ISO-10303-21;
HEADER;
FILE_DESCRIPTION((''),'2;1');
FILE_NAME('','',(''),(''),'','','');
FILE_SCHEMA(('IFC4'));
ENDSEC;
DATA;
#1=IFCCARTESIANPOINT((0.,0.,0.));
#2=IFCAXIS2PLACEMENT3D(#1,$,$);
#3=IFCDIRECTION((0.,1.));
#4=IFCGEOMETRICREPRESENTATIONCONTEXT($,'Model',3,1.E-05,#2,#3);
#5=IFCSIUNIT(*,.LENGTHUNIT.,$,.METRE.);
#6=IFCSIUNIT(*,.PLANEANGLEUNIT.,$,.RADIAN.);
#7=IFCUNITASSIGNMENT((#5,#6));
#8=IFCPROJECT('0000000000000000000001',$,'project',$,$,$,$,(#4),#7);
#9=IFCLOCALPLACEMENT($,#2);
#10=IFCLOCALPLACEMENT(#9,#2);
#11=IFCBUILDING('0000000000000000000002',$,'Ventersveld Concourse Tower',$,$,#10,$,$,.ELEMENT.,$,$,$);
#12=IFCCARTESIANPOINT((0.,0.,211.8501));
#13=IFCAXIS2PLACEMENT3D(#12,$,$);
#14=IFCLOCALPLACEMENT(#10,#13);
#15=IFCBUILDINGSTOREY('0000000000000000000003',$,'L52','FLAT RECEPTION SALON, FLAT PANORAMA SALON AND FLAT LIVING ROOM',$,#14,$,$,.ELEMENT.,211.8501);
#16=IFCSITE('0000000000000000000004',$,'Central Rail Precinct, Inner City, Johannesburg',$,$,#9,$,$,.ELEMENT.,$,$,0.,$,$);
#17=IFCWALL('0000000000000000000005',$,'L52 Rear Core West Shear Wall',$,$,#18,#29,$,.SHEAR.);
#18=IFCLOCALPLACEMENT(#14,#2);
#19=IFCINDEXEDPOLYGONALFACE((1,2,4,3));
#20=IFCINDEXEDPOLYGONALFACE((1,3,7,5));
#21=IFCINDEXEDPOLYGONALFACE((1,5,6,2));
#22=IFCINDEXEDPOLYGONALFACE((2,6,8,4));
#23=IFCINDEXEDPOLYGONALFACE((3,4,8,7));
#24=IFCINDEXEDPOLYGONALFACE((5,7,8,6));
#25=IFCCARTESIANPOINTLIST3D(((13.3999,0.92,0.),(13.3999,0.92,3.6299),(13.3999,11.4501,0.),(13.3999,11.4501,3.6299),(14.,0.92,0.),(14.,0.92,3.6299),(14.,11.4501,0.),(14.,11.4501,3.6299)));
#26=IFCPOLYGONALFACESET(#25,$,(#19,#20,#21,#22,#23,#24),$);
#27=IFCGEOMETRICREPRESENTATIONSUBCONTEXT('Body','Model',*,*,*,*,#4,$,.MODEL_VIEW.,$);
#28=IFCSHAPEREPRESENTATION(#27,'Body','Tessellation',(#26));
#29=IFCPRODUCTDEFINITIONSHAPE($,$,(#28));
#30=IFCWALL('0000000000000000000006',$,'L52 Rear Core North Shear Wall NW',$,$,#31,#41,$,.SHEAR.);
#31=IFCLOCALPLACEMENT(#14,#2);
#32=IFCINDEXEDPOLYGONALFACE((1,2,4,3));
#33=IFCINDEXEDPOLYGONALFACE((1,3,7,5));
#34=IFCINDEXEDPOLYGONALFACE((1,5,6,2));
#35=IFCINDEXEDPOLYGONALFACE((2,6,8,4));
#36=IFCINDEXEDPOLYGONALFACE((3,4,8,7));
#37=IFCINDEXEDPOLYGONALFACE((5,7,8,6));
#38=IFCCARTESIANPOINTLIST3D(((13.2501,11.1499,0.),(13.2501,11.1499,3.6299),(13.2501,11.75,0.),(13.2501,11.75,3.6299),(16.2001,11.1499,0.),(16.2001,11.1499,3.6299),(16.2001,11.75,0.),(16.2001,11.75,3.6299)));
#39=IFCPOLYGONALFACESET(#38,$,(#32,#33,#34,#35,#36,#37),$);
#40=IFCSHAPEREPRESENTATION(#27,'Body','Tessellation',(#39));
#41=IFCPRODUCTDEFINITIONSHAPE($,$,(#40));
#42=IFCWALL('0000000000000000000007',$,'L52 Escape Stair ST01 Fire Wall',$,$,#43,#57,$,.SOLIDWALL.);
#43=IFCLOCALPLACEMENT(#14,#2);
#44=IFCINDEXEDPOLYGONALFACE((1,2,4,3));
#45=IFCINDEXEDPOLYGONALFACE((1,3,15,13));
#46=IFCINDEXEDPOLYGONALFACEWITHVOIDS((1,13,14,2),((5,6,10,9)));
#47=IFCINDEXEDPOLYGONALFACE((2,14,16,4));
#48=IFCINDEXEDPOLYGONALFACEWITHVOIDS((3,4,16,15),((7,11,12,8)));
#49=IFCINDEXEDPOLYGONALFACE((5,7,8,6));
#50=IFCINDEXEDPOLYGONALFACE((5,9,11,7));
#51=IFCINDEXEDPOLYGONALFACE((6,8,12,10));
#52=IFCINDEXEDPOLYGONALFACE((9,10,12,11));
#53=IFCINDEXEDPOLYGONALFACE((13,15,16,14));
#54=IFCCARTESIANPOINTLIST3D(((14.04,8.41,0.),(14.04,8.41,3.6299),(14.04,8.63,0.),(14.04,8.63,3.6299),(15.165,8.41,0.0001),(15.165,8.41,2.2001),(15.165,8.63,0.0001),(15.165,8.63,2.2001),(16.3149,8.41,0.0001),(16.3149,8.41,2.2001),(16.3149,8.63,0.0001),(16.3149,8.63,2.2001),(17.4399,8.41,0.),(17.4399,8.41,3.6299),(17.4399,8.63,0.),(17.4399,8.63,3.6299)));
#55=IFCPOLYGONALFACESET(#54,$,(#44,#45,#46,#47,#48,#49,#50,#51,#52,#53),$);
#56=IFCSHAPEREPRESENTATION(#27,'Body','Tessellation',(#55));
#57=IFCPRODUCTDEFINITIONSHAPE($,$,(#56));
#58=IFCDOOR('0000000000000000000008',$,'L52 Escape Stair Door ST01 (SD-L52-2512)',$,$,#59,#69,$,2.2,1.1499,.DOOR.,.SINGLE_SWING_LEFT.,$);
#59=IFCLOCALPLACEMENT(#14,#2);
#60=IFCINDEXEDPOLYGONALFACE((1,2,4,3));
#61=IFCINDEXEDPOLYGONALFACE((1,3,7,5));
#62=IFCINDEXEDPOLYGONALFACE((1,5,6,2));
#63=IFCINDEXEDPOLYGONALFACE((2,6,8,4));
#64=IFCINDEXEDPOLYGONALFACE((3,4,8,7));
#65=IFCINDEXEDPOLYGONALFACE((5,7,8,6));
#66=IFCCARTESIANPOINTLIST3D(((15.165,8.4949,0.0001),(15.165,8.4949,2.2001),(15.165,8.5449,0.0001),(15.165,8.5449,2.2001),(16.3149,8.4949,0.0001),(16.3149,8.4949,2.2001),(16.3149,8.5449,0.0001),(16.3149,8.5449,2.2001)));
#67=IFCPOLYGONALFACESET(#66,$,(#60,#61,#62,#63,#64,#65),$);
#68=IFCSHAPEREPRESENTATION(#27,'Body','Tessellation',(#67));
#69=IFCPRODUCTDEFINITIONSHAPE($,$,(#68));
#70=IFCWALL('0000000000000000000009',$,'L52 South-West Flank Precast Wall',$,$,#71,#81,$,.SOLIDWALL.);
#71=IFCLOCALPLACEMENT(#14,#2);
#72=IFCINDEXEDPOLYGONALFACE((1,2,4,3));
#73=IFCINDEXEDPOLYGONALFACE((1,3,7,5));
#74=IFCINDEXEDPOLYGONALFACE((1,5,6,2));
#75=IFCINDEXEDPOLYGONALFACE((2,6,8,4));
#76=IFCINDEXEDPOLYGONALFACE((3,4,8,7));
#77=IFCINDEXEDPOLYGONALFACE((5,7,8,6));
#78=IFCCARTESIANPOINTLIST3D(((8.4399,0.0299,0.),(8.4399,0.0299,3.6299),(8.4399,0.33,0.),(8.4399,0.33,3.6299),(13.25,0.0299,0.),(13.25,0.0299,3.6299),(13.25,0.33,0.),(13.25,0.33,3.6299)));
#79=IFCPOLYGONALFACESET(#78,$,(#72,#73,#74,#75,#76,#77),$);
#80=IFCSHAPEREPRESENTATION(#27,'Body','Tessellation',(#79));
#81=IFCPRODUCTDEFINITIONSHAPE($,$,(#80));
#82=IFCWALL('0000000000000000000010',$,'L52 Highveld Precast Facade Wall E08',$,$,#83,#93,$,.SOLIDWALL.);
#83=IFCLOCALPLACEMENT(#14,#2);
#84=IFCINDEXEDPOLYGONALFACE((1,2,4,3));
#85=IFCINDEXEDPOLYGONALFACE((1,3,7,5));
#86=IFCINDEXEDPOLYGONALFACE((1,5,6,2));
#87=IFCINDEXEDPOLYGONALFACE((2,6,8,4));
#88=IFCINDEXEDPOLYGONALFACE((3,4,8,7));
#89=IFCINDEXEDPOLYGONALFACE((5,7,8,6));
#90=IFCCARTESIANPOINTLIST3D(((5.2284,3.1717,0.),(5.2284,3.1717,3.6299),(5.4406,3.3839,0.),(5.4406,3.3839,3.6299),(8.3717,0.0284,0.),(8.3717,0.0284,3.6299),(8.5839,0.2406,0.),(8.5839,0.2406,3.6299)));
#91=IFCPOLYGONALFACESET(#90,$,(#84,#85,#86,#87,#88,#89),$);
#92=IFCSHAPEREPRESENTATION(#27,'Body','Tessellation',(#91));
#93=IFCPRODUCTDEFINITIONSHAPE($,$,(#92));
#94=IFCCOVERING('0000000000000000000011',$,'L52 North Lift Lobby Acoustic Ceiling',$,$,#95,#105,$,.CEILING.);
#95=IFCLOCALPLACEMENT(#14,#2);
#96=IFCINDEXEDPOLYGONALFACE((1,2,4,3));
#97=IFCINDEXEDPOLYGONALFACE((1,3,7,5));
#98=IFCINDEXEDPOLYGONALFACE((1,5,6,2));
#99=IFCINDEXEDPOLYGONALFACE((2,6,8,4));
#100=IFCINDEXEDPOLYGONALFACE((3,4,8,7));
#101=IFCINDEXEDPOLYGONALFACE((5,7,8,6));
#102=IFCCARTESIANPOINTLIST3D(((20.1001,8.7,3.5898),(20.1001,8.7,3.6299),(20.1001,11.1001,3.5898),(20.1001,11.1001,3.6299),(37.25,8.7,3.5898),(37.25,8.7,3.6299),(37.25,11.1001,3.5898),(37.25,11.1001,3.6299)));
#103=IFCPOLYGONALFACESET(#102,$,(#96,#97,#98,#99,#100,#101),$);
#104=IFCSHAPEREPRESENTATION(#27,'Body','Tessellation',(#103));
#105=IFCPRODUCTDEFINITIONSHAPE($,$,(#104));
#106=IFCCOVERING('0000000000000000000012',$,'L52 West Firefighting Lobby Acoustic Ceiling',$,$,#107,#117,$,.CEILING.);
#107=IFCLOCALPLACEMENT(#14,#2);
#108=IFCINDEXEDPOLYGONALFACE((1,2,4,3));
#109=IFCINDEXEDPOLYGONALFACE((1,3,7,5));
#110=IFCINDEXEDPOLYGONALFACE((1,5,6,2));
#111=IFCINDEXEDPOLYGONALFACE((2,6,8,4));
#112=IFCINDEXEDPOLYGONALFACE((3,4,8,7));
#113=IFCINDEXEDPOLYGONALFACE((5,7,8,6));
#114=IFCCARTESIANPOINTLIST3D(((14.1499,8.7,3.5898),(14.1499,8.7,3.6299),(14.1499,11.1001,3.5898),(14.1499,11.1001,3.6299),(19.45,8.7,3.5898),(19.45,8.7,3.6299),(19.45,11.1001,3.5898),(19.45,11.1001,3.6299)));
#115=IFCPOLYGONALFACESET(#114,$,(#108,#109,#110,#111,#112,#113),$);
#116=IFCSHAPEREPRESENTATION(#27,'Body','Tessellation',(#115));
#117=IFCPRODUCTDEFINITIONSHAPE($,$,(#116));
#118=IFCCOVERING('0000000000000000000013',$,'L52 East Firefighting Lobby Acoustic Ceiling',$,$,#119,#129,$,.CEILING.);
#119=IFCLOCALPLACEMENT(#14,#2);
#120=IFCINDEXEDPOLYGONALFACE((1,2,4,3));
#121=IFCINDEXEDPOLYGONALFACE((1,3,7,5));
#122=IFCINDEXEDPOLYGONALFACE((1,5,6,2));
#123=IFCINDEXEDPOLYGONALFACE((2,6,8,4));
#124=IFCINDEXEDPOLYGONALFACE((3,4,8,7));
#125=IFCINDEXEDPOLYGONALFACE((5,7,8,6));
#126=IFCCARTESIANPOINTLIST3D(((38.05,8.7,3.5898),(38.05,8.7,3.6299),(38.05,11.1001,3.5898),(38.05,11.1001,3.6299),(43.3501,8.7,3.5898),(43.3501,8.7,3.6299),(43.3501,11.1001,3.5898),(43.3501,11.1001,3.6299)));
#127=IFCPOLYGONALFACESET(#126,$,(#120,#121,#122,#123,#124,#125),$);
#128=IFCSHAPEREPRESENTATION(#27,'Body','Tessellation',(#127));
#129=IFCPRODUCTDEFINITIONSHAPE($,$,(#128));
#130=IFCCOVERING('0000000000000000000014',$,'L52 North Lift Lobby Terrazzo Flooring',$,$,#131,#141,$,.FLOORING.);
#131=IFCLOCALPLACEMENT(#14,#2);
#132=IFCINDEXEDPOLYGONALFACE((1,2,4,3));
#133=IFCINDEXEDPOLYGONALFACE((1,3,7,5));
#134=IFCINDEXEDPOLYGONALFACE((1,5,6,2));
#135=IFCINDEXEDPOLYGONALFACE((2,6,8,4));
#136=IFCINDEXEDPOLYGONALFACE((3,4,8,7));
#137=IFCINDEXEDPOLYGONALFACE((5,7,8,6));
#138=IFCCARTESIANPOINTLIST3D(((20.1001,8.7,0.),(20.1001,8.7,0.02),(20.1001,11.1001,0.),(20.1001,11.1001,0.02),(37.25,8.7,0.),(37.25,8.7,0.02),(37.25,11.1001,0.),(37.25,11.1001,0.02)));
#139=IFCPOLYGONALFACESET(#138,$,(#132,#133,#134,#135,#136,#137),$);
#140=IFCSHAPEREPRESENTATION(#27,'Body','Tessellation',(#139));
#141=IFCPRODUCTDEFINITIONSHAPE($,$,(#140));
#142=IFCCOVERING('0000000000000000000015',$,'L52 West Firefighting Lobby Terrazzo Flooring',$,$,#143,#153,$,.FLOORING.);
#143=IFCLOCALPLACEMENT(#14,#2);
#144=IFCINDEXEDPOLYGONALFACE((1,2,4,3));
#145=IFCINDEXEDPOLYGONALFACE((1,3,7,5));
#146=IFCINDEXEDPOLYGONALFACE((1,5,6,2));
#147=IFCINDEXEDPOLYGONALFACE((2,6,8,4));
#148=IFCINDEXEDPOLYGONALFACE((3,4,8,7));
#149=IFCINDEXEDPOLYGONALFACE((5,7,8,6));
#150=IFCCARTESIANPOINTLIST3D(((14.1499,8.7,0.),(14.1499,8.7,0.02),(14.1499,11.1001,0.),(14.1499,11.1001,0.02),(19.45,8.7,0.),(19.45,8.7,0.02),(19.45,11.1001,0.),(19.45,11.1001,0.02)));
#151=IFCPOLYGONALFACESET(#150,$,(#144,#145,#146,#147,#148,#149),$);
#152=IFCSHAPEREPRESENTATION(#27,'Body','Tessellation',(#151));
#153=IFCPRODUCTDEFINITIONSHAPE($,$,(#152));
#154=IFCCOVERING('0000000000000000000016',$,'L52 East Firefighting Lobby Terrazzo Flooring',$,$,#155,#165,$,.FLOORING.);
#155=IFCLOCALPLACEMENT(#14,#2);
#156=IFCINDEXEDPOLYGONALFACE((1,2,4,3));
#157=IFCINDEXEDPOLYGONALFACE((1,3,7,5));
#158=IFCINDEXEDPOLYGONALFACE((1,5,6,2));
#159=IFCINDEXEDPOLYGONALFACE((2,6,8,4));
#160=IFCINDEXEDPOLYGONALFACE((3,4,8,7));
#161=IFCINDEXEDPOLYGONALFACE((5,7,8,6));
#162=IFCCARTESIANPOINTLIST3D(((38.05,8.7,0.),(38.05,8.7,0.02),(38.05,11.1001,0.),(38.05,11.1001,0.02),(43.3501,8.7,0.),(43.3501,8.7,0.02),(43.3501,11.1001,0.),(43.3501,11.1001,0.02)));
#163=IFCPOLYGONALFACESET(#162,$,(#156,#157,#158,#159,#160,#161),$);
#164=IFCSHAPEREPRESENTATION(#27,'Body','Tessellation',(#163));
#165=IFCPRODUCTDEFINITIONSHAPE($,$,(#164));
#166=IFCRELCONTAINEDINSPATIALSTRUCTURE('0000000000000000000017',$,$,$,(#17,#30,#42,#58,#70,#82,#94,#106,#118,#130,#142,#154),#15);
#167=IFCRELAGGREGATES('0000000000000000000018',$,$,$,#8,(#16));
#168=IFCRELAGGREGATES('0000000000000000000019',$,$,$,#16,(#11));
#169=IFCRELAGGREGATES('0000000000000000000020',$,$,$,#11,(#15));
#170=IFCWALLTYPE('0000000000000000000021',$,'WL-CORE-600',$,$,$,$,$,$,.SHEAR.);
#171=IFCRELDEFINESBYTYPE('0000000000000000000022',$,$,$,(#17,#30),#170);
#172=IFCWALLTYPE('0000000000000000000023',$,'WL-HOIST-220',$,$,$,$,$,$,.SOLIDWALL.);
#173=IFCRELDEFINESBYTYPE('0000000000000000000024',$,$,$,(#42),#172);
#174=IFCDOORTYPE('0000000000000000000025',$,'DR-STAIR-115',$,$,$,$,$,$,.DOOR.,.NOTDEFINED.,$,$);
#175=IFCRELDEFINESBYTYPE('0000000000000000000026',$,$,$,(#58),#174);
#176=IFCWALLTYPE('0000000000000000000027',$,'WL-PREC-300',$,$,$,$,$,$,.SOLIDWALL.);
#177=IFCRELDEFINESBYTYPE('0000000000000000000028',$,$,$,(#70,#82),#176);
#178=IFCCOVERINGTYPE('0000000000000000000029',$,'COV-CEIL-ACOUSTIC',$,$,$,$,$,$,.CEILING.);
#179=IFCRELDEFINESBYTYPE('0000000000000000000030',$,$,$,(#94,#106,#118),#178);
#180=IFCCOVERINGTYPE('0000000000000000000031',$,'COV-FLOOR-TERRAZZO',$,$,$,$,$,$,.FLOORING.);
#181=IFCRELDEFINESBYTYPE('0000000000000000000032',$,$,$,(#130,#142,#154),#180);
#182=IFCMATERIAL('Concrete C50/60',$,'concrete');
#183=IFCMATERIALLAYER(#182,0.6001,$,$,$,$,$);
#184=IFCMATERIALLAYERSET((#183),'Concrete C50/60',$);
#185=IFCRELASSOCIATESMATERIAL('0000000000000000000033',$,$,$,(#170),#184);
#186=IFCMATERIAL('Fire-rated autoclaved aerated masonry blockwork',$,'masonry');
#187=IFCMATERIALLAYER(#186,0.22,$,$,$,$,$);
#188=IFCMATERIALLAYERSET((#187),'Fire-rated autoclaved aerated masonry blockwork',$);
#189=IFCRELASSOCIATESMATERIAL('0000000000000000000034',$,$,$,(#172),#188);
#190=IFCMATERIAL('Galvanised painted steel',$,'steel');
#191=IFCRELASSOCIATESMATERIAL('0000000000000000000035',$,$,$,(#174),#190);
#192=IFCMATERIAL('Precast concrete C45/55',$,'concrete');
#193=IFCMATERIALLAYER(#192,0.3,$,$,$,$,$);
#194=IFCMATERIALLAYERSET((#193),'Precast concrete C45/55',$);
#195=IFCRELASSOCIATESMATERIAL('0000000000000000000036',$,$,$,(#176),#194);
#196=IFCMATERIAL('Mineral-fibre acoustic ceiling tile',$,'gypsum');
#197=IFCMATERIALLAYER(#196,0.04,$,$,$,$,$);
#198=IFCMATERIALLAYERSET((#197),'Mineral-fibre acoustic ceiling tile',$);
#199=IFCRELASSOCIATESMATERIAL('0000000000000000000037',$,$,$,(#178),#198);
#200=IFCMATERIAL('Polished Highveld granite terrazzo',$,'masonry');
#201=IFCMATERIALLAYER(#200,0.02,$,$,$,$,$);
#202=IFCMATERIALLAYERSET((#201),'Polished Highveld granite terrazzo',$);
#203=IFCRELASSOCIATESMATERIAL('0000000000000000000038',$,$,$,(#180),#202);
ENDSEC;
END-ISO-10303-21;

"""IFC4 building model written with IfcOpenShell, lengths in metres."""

from ifc_helpers import new_model, si_unit, direction, frame, frame_2d, origin, place, context, subcontext, project, spatial, polyline, rectangle, outline, extrude, material, layer, layer_set, type_object, element, fill, save


model = new_model("IFC4")

# Units and contexts
model_context = context("Model", 3, precision=1e-05, world=origin(), true_north=direction((0.0, 1.0)))
body_context = subcontext(model_context, "Body", "Model", "MODEL_VIEW")
ifc_project = project(units=[si_unit("LENGTHUNIT", "METRE"), si_unit("PLANEANGLEUNIT", "RADIAN")], contexts=[model_context])

# Site, building, storey
site_placement = place(None, origin())
site = spatial("IfcSite", under=ifc_project, at=site_placement, Name="Central Rail Precinct, Inner City, Johannesburg", CompositionType="ELEMENT", RefElevation=0.0)
building_placement = place(site_placement, origin())
building = spatial("IfcBuilding", under=site, at=building_placement, Name="Ventersveld Concourse Tower", CompositionType="ELEMENT")
storey_placement = place(building_placement, frame((0.0, 0.0, 211.8501)))
storey = spatial("IfcBuildingStorey", under=building, at=storey_placement, Name="L52", Description="FLAT RECEPTION SALON, FLAT PANORAMA SALON AND FLAT LIVING ROOM", CompositionType="ELEMENT", Elevation=211.8501)

# Shared definitions
ifc_material_1 = material(Name="Concrete C50/60", Category="concrete")

# Walls
ifc_layer_1 = layer(ifc_material_1, 0.6001)
ifc_layer_set_1 = layer_set([ifc_layer_1], Name="Concrete C50/60")
wall_type_1 = type_object("IfcWallType", Name="WL-CORE-600", PredefinedType="SHEAR", material=ifc_layer_set_1)
wall_1_placement = place(storey_placement, frame((13.7, 0.9199, 0.0), z_axis=(0.0, 0.0, 1.0), x_axis=(0.0, 1.0, 0.0)))
element("IfcWall", 1, at=wall_1_placement, inside=storey, type_object=wall_type_1, Name="L52 Rear Core West Shear Wall", PredefinedType="SHEAR", context=body_context, shape_type="SweptSolid", body=[
    extrude(rectangle(XDim=10.53, YDim=0.6001, at=frame_2d((5.2651, 0.0))), origin(), (0.0, 0.0, 1.0), 3.6299),
])
wall_2_placement = place(storey_placement, frame((13.25, 11.45, 0.0), z_axis=(0.0, 0.0, 1.0), x_axis=(1.0, 0.0, 0.0)))
element("IfcWall", 2, at=wall_2_placement, inside=storey, type_object=wall_type_1, Name="L52 Rear Core North Shear Wall NW", PredefinedType="SHEAR", context=body_context, shape_type="SweptSolid", body=[
    extrude(rectangle(XDim=2.95, YDim=0.6001, at=frame_2d((1.4751, 0.0))), origin(), (0.0, 0.0, 1.0), 3.6299),
])

# Wall, opening, door
ifc_material_2 = material(Name="Fire-rated autoclaved aerated masonry blockwork", Category="masonry")
ifc_layer_2 = layer(ifc_material_2, 0.22)
ifc_layer_set_2 = layer_set([ifc_layer_2], Name="Fire-rated autoclaved aerated masonry blockwork")
wall_type_2 = type_object("IfcWallType", Name="WL-HOIST-220", PredefinedType="SOLIDWALL", material=ifc_layer_set_2)
wall_3_placement = place(storey_placement, frame((14.04, 8.52, 0.0), z_axis=(0.0, 0.0, 1.0), x_axis=(1.0, 0.0, 0.0)))
wall_3 = element("IfcWall", 3, at=wall_3_placement, inside=storey, type_object=wall_type_2, Name="L52 Escape Stair ST01 Fire Wall", PredefinedType="SOLIDWALL", context=body_context, shape_type="SweptSolid", body=[
    extrude(rectangle(XDim=3.3999, YDim=0.22, at=frame_2d((1.7, 0.0))), origin(), (0.0, 0.0, 1.0), 3.6299),
])
opening_placement = place(wall_3_placement, frame((1.125, 0.0, 0.0)))
opening = element("IfcOpeningElement", 4, at=opening_placement, cuts=wall_3, PredefinedType="OPENING", context=body_context, shape_type="SweptSolid", body=[
    extrude(rectangle(XDim=1.1499, YDim=2.2, at=frame_2d((0.575, 1.1001))), frame((0.0, 0.1201, 0.0), z_axis=(0.0, -1.0, 0.0), x_axis=(1.0, 0.0, 0.0)), (0.0, 0.0, 1.0), 0.24),
])
ifc_material_3 = material(Name="Galvanised painted steel", Category="steel")
door_type = type_object("IfcDoorType", Name="DR-STAIR-115", OperationType="NOTDEFINED", PredefinedType="DOOR", material=ifc_material_3)
door_placement = place(opening_placement, origin())
door = element("IfcDoor", 5, at=door_placement, inside=storey, type_object=door_type, Name="L52 Escape Stair Door ST01 (SD-L52-2512)", OperationType="SINGLE_SWING_LEFT", OverallHeight=2.2, OverallWidth=1.1499, PredefinedType="DOOR", context=body_context, shape_type="SweptSolid", body=[
    extrude(rectangle(XDim=1.1499, YDim=2.2, at=frame_2d((0.575, 1.1001))), frame((0.0, 0.0249, 0.0), z_axis=(0.0, -1.0, 0.0), x_axis=(1.0, 0.0, 0.0)), (0.0, 0.0, 1.0), 0.05),
])
fill(opening, door)

# Walls
ifc_material_4 = material(Name="Precast concrete C45/55", Category="concrete")
ifc_layer_3 = layer(ifc_material_4, 0.3)
ifc_layer_set_3 = layer_set([ifc_layer_3], Name="Precast concrete C45/55")
wall_type_3 = type_object("IfcWallType", Name="WL-PREC-300", PredefinedType="SOLIDWALL", material=ifc_layer_set_3)
wall_4_placement = place(storey_placement, frame((8.4399, 0.1799, 0.0), z_axis=(0.0, 0.0, 1.0), x_axis=(1.0, 0.0, 0.0)))
element("IfcWall", 6, at=wall_4_placement, inside=storey, type_object=wall_type_3, Name="L52 South-West Flank Precast Wall", PredefinedType="SOLIDWALL", context=body_context, shape_type="SweptSolid", body=[
    extrude(rectangle(XDim=4.8101, YDim=0.3, at=frame_2d((2.405, 0.0))), origin(), (0.0, 0.0, 1.0), 3.6299),
])
wall_5_placement = place(storey_placement, frame((5.3345, 3.2778, 0.0), z_axis=(0.0, 0.0, 1.0), x_axis=(0.707107, -0.707107, 0.0)))
element("IfcWall", 7, at=wall_5_placement, inside=storey, type_object=wall_type_3, Name="L52 Highveld Precast Facade Wall E08", PredefinedType="SOLIDWALL", context=body_context, shape_type="SweptSolid", body=[
    extrude(rectangle(XDim=4.4453, YDim=0.3, at=frame_2d((2.2227, 0.0))), origin(), (0.0, 0.0, 1.0), 3.6299),
])

# Coverings
ifc_material_5 = material(Name="Mineral-fibre acoustic ceiling tile", Category="gypsum")
ifc_layer_4 = layer(ifc_material_5, 0.04)
ifc_layer_set_4 = layer_set([ifc_layer_4], Name="Mineral-fibre acoustic ceiling tile")
covering_type_1 = type_object("IfcCoveringType", Name="COV-CEIL-ACOUSTIC", PredefinedType="CEILING", material=ifc_layer_set_4)
covering_1_placement = place(storey_placement, frame((0.0, 0.0, 3.5898)))
element("IfcCovering", 8, at=covering_1_placement, inside=storey, type_object=covering_type_1, Name="L52 North Lift Lobby Acoustic Ceiling", PredefinedType="CEILING", context=body_context, shape_type="SweptSolid", body=[
    extrude(outline(polyline([(20.1001, 8.7), (37.25, 8.7), (37.25, 11.1001), (20.1001, 11.1001), (20.1001, 8.7)])), origin(), (0.0, 0.0, 1.0), 0.04),
])
covering_2_placement = place(storey_placement, frame((0.0, 0.0, 3.5898)))
element("IfcCovering", 9, at=covering_2_placement, inside=storey, type_object=covering_type_1, Name="L52 West Firefighting Lobby Acoustic Ceiling", PredefinedType="CEILING", context=body_context, shape_type="SweptSolid", body=[
    extrude(outline(polyline([(14.1499, 8.7), (19.45, 8.7), (19.45, 11.1001), (14.1499, 11.1001), (14.1499, 8.7)])), origin(), (0.0, 0.0, 1.0), 0.04),
])
covering_3_placement = place(storey_placement, frame((0.0, 0.0, 3.5898)))
element("IfcCovering", 10, at=covering_3_placement, inside=storey, type_object=covering_type_1, Name="L52 East Firefighting Lobby Acoustic Ceiling", PredefinedType="CEILING", context=body_context, shape_type="SweptSolid", body=[
    extrude(outline(polyline([(38.05, 8.7), (43.3501, 8.7), (43.3501, 11.1001), (38.05, 11.1001), (38.05, 8.7)])), origin(), (0.0, 0.0, 1.0), 0.04),
])
ifc_material_6 = material(Name="Polished Highveld granite terrazzo", Category="masonry")
ifc_layer_5 = layer(ifc_material_6, 0.02)
ifc_layer_set_5 = layer_set([ifc_layer_5], Name="Polished Highveld granite terrazzo")
covering_type_2 = type_object("IfcCoveringType", Name="COV-FLOOR-TERRAZZO", PredefinedType="FLOORING", material=ifc_layer_set_5)
covering_4_placement = place(storey_placement, origin())
element("IfcCovering", 11, at=covering_4_placement, inside=storey, type_object=covering_type_2, Name="L52 North Lift Lobby Terrazzo Flooring", PredefinedType="FLOORING", context=body_context, shape_type="SweptSolid", body=[
    extrude(outline(polyline([(20.1001, 8.7), (37.25, 8.7), (37.25, 11.1001), (20.1001, 11.1001), (20.1001, 8.7)])), origin(), (0.0, 0.0, 1.0), 0.02),
])
covering_5_placement = place(storey_placement, origin())
element("IfcCovering", 12, at=covering_5_placement, inside=storey, type_object=covering_type_2, Name="L52 West Firefighting Lobby Terrazzo Flooring", PredefinedType="FLOORING", context=body_context, shape_type="SweptSolid", body=[
    extrude(outline(polyline([(14.1499, 8.7), (19.45, 8.7), (19.45, 11.1001), (14.1499, 11.1001), (14.1499, 8.7)])), origin(), (0.0, 0.0, 1.0), 0.02),
])
covering_6_placement = place(storey_placement, origin())
element("IfcCovering", 13, at=covering_6_placement, inside=storey, type_object=covering_type_2, Name="L52 East Firefighting Lobby Terrazzo Flooring", PredefinedType="FLOORING", context=body_context, shape_type="SweptSolid", body=[
    extrude(outline(polyline([(38.05, 8.7), (43.3501, 8.7), (43.3501, 11.1001), (38.05, 11.1001), (38.05, 8.7)])), origin(), (0.0, 0.0, 1.0), 0.02),
])

save(model, "model.ifc")
